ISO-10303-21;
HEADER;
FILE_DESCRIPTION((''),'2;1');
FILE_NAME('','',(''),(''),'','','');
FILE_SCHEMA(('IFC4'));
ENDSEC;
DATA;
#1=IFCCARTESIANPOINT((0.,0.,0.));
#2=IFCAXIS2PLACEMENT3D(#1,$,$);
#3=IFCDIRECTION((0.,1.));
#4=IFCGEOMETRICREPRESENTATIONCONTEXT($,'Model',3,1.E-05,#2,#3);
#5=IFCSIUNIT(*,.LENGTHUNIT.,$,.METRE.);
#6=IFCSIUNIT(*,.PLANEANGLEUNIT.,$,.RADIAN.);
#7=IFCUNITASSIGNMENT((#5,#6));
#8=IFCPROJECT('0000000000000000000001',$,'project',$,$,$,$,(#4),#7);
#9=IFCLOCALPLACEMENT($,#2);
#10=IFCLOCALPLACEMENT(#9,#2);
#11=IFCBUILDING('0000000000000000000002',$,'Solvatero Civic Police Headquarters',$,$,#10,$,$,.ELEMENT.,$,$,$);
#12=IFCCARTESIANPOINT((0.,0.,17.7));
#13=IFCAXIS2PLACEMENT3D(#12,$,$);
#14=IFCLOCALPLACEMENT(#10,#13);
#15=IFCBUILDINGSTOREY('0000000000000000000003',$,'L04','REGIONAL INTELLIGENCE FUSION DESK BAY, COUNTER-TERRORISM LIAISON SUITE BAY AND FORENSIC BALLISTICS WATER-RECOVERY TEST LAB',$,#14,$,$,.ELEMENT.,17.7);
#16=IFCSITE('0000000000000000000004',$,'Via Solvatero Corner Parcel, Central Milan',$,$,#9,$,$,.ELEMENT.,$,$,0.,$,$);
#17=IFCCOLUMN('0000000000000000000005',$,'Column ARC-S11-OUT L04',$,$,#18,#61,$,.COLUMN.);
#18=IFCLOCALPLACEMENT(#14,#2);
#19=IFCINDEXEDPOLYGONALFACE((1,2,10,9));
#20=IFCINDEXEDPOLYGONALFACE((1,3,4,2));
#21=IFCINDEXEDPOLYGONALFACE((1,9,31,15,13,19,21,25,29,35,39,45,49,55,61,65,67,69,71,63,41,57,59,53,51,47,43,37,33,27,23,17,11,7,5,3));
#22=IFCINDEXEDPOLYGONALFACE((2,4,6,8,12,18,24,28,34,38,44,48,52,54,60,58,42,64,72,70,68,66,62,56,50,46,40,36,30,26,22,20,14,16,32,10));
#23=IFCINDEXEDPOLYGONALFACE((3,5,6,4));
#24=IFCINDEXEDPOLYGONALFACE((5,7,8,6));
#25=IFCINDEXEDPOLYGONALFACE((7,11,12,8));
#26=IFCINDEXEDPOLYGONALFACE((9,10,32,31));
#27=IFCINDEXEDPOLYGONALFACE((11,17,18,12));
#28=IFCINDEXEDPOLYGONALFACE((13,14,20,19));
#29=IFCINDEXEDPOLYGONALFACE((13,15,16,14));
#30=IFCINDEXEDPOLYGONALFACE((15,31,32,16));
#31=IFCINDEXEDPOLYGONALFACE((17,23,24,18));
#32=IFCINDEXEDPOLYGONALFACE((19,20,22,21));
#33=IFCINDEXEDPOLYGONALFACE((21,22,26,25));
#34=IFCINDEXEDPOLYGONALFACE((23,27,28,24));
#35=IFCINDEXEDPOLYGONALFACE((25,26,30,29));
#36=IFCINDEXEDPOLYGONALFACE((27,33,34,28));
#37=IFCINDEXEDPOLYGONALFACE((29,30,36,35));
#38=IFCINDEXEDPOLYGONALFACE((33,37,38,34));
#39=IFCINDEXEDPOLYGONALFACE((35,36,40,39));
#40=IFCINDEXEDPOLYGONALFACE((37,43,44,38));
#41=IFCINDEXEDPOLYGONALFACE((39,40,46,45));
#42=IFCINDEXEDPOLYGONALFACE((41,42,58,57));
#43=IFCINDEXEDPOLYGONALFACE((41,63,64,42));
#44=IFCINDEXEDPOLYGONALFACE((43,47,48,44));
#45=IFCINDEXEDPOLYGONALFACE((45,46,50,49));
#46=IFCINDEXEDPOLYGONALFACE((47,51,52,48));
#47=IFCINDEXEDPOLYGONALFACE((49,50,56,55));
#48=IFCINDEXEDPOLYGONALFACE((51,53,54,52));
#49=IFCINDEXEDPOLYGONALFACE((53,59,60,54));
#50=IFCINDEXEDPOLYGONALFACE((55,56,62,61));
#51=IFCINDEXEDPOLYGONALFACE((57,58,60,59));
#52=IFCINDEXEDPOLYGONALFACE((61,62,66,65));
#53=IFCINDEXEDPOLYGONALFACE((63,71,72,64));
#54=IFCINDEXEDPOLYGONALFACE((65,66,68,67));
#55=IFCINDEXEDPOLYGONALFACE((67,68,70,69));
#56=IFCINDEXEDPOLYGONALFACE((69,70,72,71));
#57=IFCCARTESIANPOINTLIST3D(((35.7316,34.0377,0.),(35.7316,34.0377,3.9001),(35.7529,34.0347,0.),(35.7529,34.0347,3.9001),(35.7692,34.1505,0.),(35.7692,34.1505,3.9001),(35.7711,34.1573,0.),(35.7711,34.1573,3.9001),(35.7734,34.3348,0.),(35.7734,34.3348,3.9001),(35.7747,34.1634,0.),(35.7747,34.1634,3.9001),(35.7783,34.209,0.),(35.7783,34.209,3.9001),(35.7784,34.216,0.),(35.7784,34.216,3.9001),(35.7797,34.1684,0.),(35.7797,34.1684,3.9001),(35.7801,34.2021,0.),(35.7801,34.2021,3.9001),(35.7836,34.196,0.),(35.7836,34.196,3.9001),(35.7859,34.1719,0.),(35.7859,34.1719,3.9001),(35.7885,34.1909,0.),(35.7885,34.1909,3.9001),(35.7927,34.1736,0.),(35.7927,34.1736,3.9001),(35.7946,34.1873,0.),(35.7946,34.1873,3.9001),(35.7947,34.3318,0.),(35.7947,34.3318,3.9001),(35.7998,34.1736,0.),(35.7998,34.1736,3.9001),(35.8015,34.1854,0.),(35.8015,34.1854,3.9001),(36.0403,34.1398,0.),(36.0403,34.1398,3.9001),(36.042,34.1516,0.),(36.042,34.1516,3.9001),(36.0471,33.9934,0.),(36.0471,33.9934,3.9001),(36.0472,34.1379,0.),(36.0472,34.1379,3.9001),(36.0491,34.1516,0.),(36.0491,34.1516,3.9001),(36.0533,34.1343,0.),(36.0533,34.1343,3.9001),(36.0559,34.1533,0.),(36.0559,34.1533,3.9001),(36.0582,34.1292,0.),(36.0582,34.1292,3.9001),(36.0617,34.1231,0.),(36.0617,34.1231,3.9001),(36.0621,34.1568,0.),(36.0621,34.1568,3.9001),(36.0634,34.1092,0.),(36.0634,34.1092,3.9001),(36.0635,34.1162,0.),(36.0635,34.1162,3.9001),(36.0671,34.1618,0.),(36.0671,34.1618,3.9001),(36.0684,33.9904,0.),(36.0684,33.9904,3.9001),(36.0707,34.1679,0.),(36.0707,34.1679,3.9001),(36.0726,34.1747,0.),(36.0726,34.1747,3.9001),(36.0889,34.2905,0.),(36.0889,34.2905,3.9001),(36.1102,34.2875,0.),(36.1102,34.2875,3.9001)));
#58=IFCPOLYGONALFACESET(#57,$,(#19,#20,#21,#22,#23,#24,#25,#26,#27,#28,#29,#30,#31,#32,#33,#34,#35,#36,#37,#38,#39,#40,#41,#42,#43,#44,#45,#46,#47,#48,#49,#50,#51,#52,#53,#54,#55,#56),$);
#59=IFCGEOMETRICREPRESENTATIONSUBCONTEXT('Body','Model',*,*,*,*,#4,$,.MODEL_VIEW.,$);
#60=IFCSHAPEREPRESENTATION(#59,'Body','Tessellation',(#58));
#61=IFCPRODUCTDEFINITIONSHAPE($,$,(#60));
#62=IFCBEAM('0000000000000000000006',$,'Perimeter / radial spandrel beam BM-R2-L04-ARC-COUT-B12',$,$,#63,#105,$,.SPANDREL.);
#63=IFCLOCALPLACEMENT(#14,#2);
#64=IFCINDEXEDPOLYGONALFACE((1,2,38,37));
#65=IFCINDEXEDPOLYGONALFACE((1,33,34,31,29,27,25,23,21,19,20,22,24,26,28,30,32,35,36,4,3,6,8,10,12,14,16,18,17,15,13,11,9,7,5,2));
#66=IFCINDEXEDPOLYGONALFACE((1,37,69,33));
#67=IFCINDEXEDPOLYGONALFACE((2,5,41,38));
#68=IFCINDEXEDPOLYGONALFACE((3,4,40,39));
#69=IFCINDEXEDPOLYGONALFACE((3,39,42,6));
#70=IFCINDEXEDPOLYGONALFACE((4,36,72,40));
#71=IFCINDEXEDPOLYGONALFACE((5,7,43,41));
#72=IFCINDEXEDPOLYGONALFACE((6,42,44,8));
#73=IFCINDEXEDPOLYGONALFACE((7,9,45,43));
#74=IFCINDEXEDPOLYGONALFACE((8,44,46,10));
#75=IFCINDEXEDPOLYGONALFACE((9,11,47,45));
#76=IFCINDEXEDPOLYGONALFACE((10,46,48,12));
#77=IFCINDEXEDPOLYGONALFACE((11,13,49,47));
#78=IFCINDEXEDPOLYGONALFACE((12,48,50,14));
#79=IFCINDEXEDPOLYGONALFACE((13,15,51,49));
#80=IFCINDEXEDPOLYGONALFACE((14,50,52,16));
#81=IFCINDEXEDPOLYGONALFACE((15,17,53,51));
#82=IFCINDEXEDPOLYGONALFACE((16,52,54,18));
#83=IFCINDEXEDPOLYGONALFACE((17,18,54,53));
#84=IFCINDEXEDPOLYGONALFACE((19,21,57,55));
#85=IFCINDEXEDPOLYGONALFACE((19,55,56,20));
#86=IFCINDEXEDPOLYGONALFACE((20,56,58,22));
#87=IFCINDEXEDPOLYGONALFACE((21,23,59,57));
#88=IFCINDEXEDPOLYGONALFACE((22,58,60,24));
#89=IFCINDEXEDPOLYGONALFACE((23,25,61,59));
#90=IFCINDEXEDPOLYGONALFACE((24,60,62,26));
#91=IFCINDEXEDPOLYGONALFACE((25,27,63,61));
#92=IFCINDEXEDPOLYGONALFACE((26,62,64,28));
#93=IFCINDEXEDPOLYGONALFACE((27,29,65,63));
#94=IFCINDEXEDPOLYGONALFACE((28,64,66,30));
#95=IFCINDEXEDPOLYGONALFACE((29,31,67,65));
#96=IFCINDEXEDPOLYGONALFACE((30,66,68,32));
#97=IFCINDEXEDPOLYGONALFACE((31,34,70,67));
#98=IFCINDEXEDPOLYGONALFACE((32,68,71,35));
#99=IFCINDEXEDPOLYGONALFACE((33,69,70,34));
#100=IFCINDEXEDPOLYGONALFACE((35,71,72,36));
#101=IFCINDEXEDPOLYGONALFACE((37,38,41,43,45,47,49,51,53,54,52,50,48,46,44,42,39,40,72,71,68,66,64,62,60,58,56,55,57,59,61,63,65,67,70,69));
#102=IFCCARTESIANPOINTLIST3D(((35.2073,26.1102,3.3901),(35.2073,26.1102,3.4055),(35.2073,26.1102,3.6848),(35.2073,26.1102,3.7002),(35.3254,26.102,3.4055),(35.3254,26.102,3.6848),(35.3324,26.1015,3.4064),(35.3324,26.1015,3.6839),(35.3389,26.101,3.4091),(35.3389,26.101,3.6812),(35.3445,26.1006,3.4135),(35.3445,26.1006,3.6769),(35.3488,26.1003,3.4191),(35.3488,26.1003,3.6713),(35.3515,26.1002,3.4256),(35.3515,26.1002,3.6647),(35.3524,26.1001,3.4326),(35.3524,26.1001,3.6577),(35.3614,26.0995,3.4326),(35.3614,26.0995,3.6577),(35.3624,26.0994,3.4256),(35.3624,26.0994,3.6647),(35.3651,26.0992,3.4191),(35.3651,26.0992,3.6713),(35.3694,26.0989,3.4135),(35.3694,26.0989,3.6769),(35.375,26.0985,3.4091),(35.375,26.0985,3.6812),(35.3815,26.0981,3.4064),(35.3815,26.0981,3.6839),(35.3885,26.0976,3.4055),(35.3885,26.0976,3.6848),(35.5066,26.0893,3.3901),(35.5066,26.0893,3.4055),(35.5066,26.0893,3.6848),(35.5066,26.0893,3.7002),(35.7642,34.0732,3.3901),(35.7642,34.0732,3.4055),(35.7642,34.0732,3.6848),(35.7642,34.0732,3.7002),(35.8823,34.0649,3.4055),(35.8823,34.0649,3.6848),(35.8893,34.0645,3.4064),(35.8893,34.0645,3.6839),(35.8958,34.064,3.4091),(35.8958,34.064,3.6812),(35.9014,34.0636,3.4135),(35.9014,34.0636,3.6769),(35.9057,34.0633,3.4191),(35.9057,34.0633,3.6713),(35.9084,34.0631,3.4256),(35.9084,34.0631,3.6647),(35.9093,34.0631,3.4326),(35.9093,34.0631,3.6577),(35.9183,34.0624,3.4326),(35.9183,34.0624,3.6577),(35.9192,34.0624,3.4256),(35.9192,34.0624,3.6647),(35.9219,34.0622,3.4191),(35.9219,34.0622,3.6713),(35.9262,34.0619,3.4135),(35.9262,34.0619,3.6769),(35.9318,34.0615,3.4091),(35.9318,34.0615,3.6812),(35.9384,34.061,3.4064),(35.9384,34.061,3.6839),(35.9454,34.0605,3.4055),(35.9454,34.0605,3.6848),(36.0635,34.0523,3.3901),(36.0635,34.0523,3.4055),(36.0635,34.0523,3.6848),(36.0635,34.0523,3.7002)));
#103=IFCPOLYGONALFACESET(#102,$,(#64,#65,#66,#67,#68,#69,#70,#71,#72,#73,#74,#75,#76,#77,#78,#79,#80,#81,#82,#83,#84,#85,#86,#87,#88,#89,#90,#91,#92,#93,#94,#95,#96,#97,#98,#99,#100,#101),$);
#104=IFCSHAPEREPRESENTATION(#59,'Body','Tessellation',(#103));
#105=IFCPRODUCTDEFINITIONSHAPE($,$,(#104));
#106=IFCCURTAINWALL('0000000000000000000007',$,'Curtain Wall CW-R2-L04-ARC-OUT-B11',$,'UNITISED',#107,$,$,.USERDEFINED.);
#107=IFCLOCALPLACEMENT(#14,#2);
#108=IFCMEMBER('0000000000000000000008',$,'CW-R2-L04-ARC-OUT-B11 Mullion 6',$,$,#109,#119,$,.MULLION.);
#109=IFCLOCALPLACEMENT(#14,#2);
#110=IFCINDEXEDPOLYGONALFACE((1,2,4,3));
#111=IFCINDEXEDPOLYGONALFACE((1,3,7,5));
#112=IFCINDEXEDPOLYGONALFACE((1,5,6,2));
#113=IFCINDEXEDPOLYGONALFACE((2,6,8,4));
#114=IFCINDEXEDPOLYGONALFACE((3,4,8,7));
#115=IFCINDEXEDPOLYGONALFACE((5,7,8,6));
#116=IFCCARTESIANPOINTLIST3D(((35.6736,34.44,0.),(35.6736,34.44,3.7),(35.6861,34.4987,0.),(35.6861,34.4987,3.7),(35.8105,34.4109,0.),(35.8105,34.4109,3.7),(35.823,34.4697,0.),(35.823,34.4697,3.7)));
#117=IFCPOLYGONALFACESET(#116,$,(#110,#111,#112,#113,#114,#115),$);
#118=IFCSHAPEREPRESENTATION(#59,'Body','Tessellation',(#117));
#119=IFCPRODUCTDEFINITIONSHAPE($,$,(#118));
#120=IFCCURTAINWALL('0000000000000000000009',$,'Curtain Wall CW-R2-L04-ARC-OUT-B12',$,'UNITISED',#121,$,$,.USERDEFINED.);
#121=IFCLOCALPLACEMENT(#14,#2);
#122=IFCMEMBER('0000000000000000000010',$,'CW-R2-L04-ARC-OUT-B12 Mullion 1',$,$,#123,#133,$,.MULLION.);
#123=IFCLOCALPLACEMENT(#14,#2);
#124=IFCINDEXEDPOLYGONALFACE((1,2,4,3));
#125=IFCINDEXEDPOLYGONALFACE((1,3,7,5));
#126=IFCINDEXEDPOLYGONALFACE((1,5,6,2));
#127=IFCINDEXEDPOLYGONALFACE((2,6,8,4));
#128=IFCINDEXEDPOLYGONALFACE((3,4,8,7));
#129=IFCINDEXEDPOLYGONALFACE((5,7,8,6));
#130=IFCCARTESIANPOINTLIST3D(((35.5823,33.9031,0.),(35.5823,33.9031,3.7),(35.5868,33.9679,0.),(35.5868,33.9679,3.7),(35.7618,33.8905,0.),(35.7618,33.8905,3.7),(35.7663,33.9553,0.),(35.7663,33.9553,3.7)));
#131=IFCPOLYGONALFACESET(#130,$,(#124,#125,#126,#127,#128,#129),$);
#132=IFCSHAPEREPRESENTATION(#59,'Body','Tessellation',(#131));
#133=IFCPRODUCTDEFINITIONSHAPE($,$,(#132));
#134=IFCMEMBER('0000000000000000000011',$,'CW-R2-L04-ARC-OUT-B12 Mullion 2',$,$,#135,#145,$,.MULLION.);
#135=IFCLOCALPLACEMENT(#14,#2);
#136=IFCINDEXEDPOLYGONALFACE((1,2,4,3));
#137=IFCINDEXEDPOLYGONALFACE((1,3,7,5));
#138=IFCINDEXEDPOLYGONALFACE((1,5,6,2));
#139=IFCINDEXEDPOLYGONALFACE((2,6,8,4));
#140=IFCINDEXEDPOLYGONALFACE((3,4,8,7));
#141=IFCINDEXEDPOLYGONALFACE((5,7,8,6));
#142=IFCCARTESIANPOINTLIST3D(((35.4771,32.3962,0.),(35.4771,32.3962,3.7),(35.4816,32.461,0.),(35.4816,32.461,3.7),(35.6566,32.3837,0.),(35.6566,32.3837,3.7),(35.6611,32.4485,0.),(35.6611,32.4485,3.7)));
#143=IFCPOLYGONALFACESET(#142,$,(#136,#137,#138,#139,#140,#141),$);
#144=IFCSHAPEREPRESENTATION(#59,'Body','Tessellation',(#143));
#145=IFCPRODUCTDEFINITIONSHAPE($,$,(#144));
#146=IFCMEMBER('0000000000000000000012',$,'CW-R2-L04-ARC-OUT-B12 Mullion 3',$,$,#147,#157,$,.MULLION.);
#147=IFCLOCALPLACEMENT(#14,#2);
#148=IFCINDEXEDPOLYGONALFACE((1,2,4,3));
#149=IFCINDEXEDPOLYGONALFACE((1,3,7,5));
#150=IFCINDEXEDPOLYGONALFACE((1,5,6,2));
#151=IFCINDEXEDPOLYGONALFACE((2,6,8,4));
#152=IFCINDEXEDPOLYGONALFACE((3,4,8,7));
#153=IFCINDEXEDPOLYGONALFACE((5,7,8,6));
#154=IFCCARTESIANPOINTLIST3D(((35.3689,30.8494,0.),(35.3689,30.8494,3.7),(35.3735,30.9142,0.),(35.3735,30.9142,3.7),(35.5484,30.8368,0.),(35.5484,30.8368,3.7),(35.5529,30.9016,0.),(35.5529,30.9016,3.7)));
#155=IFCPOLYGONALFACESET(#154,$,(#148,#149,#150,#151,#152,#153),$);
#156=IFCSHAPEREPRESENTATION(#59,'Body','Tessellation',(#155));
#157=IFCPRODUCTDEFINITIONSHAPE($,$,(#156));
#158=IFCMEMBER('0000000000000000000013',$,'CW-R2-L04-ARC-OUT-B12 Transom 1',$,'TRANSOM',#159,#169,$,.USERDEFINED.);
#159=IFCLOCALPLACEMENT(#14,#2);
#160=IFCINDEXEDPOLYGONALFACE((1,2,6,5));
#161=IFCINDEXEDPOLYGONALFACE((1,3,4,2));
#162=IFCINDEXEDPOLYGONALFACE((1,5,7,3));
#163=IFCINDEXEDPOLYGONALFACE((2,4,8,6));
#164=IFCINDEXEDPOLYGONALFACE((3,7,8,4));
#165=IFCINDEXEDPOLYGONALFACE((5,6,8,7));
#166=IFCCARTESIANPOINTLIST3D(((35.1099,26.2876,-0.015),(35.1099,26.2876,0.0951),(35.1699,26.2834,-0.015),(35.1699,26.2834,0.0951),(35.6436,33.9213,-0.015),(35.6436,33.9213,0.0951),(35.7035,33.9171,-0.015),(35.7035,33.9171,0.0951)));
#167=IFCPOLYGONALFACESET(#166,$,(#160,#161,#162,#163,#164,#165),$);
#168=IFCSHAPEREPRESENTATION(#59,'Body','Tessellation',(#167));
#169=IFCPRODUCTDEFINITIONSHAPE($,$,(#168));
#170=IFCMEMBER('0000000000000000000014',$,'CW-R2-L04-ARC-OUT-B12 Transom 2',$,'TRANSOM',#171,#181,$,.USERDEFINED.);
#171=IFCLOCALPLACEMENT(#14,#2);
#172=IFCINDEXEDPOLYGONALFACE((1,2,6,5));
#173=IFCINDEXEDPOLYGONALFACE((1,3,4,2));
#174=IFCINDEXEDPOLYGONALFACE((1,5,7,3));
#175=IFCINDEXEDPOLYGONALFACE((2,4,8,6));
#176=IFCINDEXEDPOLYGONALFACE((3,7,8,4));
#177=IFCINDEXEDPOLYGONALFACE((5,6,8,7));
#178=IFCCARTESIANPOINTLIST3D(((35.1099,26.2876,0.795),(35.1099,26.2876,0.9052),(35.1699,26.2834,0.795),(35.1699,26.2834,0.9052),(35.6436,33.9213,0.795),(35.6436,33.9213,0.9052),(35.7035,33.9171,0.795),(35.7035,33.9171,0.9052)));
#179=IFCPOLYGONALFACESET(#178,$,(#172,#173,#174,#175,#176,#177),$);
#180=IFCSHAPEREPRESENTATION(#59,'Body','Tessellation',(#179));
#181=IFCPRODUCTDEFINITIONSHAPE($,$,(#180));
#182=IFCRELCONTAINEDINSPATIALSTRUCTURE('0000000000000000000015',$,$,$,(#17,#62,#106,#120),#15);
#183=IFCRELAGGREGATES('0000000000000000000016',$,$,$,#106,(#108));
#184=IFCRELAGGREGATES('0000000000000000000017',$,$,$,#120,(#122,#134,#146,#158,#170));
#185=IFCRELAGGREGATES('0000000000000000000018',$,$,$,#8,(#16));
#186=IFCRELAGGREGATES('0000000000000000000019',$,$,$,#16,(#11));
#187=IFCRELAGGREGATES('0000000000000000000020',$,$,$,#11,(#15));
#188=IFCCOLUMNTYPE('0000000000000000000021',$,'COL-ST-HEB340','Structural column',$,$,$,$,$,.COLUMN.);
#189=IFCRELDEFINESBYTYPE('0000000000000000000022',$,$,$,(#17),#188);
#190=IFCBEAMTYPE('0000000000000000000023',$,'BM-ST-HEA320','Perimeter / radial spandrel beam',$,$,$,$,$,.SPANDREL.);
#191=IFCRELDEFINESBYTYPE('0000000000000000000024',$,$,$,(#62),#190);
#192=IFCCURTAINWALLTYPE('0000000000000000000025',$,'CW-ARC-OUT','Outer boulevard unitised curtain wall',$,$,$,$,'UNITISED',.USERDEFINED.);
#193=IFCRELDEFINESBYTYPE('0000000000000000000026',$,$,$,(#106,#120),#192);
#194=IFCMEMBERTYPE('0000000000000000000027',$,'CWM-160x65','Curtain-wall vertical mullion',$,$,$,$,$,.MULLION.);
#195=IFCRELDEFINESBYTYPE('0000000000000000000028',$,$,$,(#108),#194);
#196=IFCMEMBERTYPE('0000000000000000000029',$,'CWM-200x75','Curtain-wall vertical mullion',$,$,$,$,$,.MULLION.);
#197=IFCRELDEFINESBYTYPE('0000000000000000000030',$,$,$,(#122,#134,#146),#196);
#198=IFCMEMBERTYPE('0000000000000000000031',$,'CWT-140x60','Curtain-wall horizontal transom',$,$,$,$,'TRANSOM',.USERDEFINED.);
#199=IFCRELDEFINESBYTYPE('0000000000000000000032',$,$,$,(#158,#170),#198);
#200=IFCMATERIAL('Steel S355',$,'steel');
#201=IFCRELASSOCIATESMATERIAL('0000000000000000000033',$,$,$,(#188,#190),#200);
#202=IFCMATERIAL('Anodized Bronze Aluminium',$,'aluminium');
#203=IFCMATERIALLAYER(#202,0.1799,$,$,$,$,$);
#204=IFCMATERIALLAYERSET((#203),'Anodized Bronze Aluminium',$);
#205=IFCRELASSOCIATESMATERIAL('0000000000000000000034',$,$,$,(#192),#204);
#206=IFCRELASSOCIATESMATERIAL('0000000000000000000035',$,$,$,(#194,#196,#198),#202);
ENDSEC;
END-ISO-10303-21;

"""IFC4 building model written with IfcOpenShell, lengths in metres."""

from ifc_helpers import new_model, si_unit, direction, frame, origin, origin_2d, place, context, subcontext, project, spatial, rectangle, i_section, extrude, material, layer, layer_set, material_profile, profile_set, type_object, element, aggregate, save


model = new_model("IFC4")

# Units and contexts
model_context = context("Model", 3, precision=1e-05, world=origin(), true_north=direction((0.0, 1.0)))
body_context = subcontext(model_context, "Body", "Model", "MODEL_VIEW")
ifc_project = project(units=[si_unit("LENGTHUNIT", "METRE"), si_unit("PLANEANGLEUNIT", "RADIAN")], contexts=[model_context])

# Site, building, storey
site_placement = place(None, origin())
site = spatial("IfcSite", under=ifc_project, at=site_placement, Name="Via Solvatero Corner Parcel, Central Milan", CompositionType="ELEMENT", RefElevation=0.0)
building_placement = place(site_placement, origin())
building = spatial("IfcBuilding", under=site, at=building_placement, Name="Solvatero Civic Police Headquarters", CompositionType="ELEMENT")
storey_placement = place(building_placement, frame((0.0, 0.0, 17.7)))
storey = spatial("IfcBuildingStorey", under=building, at=storey_placement, Name="L04", Description="REGIONAL INTELLIGENCE FUSION DESK BAY, COUNTER-TERRORISM LIAISON SUITE BAY AND FORENSIC BALLISTICS WATER-RECOVERY TEST LAB", CompositionType="ELEMENT", Elevation=17.7)

# Column
ifc_material_1 = material(Name="Steel S355", Category="steel")
ifc_material_profile_1 = material_profile(ifc_material_1, i_section(OverallWidth=0.3, OverallDepth=0.3401, WebThickness=0.012, FlangeThickness=0.0215, FilletRadius=0.0271, at=origin_2d()), Name="HEB 340")
ifc_profile_set_1 = profile_set([ifc_material_profile_1], Name="Steel S355")
column_type = type_object("IfcColumnType", Name="COL-ST-HEB340", Description="Structural column", PredefinedType="COLUMN", material=ifc_profile_set_1)
column_placement = place(storey_placement, frame((35.9209, 34.1626, 0.0), z_axis=(0.0, 0.0, 1.0), x_axis=(0.139173, 0.990268, 0.0)))
element("IfcColumn", 1, at=column_placement, inside=storey, type_object=column_type, Name="Column ARC-S11-OUT L04", PredefinedType="COLUMN", context=body_context, shape_type="SweptSolid", body=[
    extrude(i_section(OverallWidth=0.3, OverallDepth=0.3401, WebThickness=0.012, FlangeThickness=0.0215, FilletRadius=0.0271, at=origin_2d()), origin(), (0.0, 0.0, 1.0), 3.9001),
])

# Beam
ifc_material_profile_2 = material_profile(ifc_material_1, i_section(OverallWidth=0.3, OverallDepth=0.3101, WebThickness=0.009, FlangeThickness=0.0154, FilletRadius=0.0271, at=origin_2d()), Name="HEA 320")
ifc_profile_set_2 = profile_set([ifc_material_profile_2], Name="Steel S355")
beam_type = type_object("IfcBeamType", Name="BM-ST-HEA320", Description="Perimeter / radial spandrel beam", PredefinedType="SPANDREL", material=ifc_profile_set_2)
beam_placement = place(storey_placement, frame((35.9138, 34.0627, 3.5452), z_axis=(-0.069765, -0.997563, 0.0), x_axis=(0.997563, -0.069765, 0.0)))
element("IfcBeam", 2, at=beam_placement, inside=storey, type_object=beam_type, Name="Perimeter / radial spandrel beam BM-R2-L04-ARC-COUT-B12", PredefinedType="SPANDREL", context=body_context, shape_type="SweptSolid", body=[
    extrude(i_section(OverallWidth=0.3, OverallDepth=0.3101, WebThickness=0.009, FlangeThickness=0.0154, FilletRadius=0.0271, at=origin_2d()), origin(), (0.0, 0.0, 1.0), 7.9824),
])

# Curtain wall, member
ifc_material_2 = material(Name="Anodized Bronze Aluminium", Category="aluminium")
ifc_layer_1 = layer(ifc_material_2, 0.1799)
ifc_layer_set_1 = layer_set([ifc_layer_1], Name="Anodized Bronze Aluminium")
curtain_wall_type = type_object("IfcCurtainWallType", Name="CW-ARC-OUT", Description="Outer boulevard unitised curtain wall", ElementType="UNITISED", PredefinedType="USERDEFINED", material=ifc_layer_set_1)
curtain_wall_1_placement = place(storey_placement, origin())
curtain_wall_1 = element("IfcCurtainWall", 3, at=curtain_wall_1_placement, inside=storey, type_object=curtain_wall_type, Name="Curtain Wall CW-R2-L04-ARC-OUT-B11", ObjectType="UNITISED", PredefinedType="USERDEFINED")
ifc_material_profile_3 = material_profile(ifc_material_2, rectangle(XDim=0.0601, YDim=0.1399, at=origin_2d()), Name="ALU MULLION 60x140")
ifc_profile_set_3 = profile_set([ifc_material_profile_3], Name="Anodized Bronze Aluminium")
member_type_1 = type_object("IfcMemberType", Name="CWM-160x65", Description="Curtain-wall vertical mullion", PredefinedType="MULLION", material=ifc_profile_set_3)
member_1_placement = place(storey_placement, frame((35.7483, 34.4548, 0.0), z_axis=(0.0, 0.0, 1.0), x_axis=(-0.207912, -0.978148, 0.0)))
member_1 = element("IfcMember", 4, at=member_1_placement, type_object=member_type_1, Name="CW-R2-L04-ARC-OUT-B11 Mullion 6", PredefinedType="MULLION", context=body_context, shape_type="SweptSolid", body=[
    extrude(rectangle(XDim=0.0601, YDim=0.1399, at=origin_2d()), origin(), (0.0, 0.0, 1.0), 3.7),
])
aggregate(curtain_wall_1, [member_1])

# Curtain wall, members
curtain_wall_2_placement = place(storey_placement, origin())
curtain_wall_2 = element("IfcCurtainWall", 5, at=curtain_wall_2_placement, inside=storey, type_object=curtain_wall_type, Name="Curtain Wall CW-R2-L04-ARC-OUT-B12", ObjectType="UNITISED", PredefinedType="USERDEFINED")
ifc_material_profile_4 = material_profile(ifc_material_2, rectangle(XDim=0.0649, YDim=0.1799, at=origin_2d()), Name="ALU MULLION 65x180")
ifc_profile_set_4 = profile_set([ifc_material_profile_4], Name="Anodized Bronze Aluminium")
member_type_2 = type_object("IfcMemberType", Name="CWM-200x75", Description="Curtain-wall vertical mullion", PredefinedType="MULLION", material=ifc_profile_set_4)
member_2_placement = place(storey_placement, frame((35.6743, 33.9292, 0.0), z_axis=(0.0, 0.0, 1.0), x_axis=(-0.069739, -0.997565, 0.0)))
member_2 = element("IfcMember", 6, at=member_2_placement, type_object=member_type_2, Name="CW-R2-L04-ARC-OUT-B12 Mullion 1", PredefinedType="MULLION", context=body_context, shape_type="SweptSolid", body=[
    extrude(rectangle(XDim=0.0649, YDim=0.1799, at=origin_2d()), origin(), (0.0, 0.0, 1.0), 3.7),
])
member_3_placement = place(storey_placement, frame((35.5691, 32.4224, 0.0), z_axis=(0.0, 0.0, 1.0), x_axis=(-0.069739, -0.997565, 0.0)))
member_3 = element("IfcMember", 7, at=member_3_placement, type_object=member_type_2, Name="CW-R2-L04-ARC-OUT-B12 Mullion 2", PredefinedType="MULLION", context=body_context, shape_type="SweptSolid", body=[
    extrude(rectangle(XDim=0.0649, YDim=0.1799, at=origin_2d()), origin(), (0.0, 0.0, 1.0), 3.7),
])
member_4_placement = place(storey_placement, frame((35.4609, 30.8755, 0.0), z_axis=(0.0, 0.0, 1.0), x_axis=(-0.069739, -0.997565, 0.0)))
member_4 = element("IfcMember", 8, at=member_4_placement, type_object=member_type_2, Name="CW-R2-L04-ARC-OUT-B12 Mullion 3", PredefinedType="MULLION", context=body_context, shape_type="SweptSolid", body=[
    extrude(rectangle(XDim=0.0649, YDim=0.1799, at=origin_2d()), origin(), (0.0, 0.0, 1.0), 3.7),
])
ifc_material_profile_5 = material_profile(ifc_material_2, rectangle(XDim=0.0601, YDim=0.1101, at=origin_2d()), Name="ALU TRANSOM 60x110")
ifc_profile_set_5 = profile_set([ifc_material_profile_5], Name="Anodized Bronze Aluminium")
member_type_3 = type_object("IfcMemberType", Name="CWT-140x60", Description="Curtain-wall horizontal transom", ElementType="TRANSOM", PredefinedType="USERDEFINED", material=ifc_profile_set_5)
member_5_placement = place(storey_placement, frame((35.6736, 33.9192, 0.04), z_axis=(-0.069742, -0.997565, 0.0), x_axis=(0.997565, -0.069742, 0.0)))
member_5 = element("IfcMember", 9, at=member_5_placement, type_object=member_type_3, Name="CW-R2-L04-ARC-OUT-B12 Transom 1", ObjectType="TRANSOM", PredefinedType="USERDEFINED", context=body_context, shape_type="SweptSolid", body=[
    extrude(rectangle(XDim=0.0601, YDim=0.1101, at=origin_2d()), origin(), (0.0, 0.0, 1.0), 7.6523),
])
member_6_placement = place(storey_placement, frame((35.6736, 33.9192, 0.8501), z_axis=(-0.069742, -0.997565, 0.0), x_axis=(0.997565, -0.069742, 0.0)))
member_6 = element("IfcMember", 10, at=member_6_placement, type_object=member_type_3, Name="CW-R2-L04-ARC-OUT-B12 Transom 2", ObjectType="TRANSOM", PredefinedType="USERDEFINED", context=body_context, shape_type="SweptSolid", body=[
    extrude(rectangle(XDim=0.0601, YDim=0.1101, at=origin_2d()), origin(), (0.0, 0.0, 1.0), 7.6523),
])
aggregate(curtain_wall_2, [member_2, member_3, member_4, member_5, member_6])

save(model, "model.ifc")
